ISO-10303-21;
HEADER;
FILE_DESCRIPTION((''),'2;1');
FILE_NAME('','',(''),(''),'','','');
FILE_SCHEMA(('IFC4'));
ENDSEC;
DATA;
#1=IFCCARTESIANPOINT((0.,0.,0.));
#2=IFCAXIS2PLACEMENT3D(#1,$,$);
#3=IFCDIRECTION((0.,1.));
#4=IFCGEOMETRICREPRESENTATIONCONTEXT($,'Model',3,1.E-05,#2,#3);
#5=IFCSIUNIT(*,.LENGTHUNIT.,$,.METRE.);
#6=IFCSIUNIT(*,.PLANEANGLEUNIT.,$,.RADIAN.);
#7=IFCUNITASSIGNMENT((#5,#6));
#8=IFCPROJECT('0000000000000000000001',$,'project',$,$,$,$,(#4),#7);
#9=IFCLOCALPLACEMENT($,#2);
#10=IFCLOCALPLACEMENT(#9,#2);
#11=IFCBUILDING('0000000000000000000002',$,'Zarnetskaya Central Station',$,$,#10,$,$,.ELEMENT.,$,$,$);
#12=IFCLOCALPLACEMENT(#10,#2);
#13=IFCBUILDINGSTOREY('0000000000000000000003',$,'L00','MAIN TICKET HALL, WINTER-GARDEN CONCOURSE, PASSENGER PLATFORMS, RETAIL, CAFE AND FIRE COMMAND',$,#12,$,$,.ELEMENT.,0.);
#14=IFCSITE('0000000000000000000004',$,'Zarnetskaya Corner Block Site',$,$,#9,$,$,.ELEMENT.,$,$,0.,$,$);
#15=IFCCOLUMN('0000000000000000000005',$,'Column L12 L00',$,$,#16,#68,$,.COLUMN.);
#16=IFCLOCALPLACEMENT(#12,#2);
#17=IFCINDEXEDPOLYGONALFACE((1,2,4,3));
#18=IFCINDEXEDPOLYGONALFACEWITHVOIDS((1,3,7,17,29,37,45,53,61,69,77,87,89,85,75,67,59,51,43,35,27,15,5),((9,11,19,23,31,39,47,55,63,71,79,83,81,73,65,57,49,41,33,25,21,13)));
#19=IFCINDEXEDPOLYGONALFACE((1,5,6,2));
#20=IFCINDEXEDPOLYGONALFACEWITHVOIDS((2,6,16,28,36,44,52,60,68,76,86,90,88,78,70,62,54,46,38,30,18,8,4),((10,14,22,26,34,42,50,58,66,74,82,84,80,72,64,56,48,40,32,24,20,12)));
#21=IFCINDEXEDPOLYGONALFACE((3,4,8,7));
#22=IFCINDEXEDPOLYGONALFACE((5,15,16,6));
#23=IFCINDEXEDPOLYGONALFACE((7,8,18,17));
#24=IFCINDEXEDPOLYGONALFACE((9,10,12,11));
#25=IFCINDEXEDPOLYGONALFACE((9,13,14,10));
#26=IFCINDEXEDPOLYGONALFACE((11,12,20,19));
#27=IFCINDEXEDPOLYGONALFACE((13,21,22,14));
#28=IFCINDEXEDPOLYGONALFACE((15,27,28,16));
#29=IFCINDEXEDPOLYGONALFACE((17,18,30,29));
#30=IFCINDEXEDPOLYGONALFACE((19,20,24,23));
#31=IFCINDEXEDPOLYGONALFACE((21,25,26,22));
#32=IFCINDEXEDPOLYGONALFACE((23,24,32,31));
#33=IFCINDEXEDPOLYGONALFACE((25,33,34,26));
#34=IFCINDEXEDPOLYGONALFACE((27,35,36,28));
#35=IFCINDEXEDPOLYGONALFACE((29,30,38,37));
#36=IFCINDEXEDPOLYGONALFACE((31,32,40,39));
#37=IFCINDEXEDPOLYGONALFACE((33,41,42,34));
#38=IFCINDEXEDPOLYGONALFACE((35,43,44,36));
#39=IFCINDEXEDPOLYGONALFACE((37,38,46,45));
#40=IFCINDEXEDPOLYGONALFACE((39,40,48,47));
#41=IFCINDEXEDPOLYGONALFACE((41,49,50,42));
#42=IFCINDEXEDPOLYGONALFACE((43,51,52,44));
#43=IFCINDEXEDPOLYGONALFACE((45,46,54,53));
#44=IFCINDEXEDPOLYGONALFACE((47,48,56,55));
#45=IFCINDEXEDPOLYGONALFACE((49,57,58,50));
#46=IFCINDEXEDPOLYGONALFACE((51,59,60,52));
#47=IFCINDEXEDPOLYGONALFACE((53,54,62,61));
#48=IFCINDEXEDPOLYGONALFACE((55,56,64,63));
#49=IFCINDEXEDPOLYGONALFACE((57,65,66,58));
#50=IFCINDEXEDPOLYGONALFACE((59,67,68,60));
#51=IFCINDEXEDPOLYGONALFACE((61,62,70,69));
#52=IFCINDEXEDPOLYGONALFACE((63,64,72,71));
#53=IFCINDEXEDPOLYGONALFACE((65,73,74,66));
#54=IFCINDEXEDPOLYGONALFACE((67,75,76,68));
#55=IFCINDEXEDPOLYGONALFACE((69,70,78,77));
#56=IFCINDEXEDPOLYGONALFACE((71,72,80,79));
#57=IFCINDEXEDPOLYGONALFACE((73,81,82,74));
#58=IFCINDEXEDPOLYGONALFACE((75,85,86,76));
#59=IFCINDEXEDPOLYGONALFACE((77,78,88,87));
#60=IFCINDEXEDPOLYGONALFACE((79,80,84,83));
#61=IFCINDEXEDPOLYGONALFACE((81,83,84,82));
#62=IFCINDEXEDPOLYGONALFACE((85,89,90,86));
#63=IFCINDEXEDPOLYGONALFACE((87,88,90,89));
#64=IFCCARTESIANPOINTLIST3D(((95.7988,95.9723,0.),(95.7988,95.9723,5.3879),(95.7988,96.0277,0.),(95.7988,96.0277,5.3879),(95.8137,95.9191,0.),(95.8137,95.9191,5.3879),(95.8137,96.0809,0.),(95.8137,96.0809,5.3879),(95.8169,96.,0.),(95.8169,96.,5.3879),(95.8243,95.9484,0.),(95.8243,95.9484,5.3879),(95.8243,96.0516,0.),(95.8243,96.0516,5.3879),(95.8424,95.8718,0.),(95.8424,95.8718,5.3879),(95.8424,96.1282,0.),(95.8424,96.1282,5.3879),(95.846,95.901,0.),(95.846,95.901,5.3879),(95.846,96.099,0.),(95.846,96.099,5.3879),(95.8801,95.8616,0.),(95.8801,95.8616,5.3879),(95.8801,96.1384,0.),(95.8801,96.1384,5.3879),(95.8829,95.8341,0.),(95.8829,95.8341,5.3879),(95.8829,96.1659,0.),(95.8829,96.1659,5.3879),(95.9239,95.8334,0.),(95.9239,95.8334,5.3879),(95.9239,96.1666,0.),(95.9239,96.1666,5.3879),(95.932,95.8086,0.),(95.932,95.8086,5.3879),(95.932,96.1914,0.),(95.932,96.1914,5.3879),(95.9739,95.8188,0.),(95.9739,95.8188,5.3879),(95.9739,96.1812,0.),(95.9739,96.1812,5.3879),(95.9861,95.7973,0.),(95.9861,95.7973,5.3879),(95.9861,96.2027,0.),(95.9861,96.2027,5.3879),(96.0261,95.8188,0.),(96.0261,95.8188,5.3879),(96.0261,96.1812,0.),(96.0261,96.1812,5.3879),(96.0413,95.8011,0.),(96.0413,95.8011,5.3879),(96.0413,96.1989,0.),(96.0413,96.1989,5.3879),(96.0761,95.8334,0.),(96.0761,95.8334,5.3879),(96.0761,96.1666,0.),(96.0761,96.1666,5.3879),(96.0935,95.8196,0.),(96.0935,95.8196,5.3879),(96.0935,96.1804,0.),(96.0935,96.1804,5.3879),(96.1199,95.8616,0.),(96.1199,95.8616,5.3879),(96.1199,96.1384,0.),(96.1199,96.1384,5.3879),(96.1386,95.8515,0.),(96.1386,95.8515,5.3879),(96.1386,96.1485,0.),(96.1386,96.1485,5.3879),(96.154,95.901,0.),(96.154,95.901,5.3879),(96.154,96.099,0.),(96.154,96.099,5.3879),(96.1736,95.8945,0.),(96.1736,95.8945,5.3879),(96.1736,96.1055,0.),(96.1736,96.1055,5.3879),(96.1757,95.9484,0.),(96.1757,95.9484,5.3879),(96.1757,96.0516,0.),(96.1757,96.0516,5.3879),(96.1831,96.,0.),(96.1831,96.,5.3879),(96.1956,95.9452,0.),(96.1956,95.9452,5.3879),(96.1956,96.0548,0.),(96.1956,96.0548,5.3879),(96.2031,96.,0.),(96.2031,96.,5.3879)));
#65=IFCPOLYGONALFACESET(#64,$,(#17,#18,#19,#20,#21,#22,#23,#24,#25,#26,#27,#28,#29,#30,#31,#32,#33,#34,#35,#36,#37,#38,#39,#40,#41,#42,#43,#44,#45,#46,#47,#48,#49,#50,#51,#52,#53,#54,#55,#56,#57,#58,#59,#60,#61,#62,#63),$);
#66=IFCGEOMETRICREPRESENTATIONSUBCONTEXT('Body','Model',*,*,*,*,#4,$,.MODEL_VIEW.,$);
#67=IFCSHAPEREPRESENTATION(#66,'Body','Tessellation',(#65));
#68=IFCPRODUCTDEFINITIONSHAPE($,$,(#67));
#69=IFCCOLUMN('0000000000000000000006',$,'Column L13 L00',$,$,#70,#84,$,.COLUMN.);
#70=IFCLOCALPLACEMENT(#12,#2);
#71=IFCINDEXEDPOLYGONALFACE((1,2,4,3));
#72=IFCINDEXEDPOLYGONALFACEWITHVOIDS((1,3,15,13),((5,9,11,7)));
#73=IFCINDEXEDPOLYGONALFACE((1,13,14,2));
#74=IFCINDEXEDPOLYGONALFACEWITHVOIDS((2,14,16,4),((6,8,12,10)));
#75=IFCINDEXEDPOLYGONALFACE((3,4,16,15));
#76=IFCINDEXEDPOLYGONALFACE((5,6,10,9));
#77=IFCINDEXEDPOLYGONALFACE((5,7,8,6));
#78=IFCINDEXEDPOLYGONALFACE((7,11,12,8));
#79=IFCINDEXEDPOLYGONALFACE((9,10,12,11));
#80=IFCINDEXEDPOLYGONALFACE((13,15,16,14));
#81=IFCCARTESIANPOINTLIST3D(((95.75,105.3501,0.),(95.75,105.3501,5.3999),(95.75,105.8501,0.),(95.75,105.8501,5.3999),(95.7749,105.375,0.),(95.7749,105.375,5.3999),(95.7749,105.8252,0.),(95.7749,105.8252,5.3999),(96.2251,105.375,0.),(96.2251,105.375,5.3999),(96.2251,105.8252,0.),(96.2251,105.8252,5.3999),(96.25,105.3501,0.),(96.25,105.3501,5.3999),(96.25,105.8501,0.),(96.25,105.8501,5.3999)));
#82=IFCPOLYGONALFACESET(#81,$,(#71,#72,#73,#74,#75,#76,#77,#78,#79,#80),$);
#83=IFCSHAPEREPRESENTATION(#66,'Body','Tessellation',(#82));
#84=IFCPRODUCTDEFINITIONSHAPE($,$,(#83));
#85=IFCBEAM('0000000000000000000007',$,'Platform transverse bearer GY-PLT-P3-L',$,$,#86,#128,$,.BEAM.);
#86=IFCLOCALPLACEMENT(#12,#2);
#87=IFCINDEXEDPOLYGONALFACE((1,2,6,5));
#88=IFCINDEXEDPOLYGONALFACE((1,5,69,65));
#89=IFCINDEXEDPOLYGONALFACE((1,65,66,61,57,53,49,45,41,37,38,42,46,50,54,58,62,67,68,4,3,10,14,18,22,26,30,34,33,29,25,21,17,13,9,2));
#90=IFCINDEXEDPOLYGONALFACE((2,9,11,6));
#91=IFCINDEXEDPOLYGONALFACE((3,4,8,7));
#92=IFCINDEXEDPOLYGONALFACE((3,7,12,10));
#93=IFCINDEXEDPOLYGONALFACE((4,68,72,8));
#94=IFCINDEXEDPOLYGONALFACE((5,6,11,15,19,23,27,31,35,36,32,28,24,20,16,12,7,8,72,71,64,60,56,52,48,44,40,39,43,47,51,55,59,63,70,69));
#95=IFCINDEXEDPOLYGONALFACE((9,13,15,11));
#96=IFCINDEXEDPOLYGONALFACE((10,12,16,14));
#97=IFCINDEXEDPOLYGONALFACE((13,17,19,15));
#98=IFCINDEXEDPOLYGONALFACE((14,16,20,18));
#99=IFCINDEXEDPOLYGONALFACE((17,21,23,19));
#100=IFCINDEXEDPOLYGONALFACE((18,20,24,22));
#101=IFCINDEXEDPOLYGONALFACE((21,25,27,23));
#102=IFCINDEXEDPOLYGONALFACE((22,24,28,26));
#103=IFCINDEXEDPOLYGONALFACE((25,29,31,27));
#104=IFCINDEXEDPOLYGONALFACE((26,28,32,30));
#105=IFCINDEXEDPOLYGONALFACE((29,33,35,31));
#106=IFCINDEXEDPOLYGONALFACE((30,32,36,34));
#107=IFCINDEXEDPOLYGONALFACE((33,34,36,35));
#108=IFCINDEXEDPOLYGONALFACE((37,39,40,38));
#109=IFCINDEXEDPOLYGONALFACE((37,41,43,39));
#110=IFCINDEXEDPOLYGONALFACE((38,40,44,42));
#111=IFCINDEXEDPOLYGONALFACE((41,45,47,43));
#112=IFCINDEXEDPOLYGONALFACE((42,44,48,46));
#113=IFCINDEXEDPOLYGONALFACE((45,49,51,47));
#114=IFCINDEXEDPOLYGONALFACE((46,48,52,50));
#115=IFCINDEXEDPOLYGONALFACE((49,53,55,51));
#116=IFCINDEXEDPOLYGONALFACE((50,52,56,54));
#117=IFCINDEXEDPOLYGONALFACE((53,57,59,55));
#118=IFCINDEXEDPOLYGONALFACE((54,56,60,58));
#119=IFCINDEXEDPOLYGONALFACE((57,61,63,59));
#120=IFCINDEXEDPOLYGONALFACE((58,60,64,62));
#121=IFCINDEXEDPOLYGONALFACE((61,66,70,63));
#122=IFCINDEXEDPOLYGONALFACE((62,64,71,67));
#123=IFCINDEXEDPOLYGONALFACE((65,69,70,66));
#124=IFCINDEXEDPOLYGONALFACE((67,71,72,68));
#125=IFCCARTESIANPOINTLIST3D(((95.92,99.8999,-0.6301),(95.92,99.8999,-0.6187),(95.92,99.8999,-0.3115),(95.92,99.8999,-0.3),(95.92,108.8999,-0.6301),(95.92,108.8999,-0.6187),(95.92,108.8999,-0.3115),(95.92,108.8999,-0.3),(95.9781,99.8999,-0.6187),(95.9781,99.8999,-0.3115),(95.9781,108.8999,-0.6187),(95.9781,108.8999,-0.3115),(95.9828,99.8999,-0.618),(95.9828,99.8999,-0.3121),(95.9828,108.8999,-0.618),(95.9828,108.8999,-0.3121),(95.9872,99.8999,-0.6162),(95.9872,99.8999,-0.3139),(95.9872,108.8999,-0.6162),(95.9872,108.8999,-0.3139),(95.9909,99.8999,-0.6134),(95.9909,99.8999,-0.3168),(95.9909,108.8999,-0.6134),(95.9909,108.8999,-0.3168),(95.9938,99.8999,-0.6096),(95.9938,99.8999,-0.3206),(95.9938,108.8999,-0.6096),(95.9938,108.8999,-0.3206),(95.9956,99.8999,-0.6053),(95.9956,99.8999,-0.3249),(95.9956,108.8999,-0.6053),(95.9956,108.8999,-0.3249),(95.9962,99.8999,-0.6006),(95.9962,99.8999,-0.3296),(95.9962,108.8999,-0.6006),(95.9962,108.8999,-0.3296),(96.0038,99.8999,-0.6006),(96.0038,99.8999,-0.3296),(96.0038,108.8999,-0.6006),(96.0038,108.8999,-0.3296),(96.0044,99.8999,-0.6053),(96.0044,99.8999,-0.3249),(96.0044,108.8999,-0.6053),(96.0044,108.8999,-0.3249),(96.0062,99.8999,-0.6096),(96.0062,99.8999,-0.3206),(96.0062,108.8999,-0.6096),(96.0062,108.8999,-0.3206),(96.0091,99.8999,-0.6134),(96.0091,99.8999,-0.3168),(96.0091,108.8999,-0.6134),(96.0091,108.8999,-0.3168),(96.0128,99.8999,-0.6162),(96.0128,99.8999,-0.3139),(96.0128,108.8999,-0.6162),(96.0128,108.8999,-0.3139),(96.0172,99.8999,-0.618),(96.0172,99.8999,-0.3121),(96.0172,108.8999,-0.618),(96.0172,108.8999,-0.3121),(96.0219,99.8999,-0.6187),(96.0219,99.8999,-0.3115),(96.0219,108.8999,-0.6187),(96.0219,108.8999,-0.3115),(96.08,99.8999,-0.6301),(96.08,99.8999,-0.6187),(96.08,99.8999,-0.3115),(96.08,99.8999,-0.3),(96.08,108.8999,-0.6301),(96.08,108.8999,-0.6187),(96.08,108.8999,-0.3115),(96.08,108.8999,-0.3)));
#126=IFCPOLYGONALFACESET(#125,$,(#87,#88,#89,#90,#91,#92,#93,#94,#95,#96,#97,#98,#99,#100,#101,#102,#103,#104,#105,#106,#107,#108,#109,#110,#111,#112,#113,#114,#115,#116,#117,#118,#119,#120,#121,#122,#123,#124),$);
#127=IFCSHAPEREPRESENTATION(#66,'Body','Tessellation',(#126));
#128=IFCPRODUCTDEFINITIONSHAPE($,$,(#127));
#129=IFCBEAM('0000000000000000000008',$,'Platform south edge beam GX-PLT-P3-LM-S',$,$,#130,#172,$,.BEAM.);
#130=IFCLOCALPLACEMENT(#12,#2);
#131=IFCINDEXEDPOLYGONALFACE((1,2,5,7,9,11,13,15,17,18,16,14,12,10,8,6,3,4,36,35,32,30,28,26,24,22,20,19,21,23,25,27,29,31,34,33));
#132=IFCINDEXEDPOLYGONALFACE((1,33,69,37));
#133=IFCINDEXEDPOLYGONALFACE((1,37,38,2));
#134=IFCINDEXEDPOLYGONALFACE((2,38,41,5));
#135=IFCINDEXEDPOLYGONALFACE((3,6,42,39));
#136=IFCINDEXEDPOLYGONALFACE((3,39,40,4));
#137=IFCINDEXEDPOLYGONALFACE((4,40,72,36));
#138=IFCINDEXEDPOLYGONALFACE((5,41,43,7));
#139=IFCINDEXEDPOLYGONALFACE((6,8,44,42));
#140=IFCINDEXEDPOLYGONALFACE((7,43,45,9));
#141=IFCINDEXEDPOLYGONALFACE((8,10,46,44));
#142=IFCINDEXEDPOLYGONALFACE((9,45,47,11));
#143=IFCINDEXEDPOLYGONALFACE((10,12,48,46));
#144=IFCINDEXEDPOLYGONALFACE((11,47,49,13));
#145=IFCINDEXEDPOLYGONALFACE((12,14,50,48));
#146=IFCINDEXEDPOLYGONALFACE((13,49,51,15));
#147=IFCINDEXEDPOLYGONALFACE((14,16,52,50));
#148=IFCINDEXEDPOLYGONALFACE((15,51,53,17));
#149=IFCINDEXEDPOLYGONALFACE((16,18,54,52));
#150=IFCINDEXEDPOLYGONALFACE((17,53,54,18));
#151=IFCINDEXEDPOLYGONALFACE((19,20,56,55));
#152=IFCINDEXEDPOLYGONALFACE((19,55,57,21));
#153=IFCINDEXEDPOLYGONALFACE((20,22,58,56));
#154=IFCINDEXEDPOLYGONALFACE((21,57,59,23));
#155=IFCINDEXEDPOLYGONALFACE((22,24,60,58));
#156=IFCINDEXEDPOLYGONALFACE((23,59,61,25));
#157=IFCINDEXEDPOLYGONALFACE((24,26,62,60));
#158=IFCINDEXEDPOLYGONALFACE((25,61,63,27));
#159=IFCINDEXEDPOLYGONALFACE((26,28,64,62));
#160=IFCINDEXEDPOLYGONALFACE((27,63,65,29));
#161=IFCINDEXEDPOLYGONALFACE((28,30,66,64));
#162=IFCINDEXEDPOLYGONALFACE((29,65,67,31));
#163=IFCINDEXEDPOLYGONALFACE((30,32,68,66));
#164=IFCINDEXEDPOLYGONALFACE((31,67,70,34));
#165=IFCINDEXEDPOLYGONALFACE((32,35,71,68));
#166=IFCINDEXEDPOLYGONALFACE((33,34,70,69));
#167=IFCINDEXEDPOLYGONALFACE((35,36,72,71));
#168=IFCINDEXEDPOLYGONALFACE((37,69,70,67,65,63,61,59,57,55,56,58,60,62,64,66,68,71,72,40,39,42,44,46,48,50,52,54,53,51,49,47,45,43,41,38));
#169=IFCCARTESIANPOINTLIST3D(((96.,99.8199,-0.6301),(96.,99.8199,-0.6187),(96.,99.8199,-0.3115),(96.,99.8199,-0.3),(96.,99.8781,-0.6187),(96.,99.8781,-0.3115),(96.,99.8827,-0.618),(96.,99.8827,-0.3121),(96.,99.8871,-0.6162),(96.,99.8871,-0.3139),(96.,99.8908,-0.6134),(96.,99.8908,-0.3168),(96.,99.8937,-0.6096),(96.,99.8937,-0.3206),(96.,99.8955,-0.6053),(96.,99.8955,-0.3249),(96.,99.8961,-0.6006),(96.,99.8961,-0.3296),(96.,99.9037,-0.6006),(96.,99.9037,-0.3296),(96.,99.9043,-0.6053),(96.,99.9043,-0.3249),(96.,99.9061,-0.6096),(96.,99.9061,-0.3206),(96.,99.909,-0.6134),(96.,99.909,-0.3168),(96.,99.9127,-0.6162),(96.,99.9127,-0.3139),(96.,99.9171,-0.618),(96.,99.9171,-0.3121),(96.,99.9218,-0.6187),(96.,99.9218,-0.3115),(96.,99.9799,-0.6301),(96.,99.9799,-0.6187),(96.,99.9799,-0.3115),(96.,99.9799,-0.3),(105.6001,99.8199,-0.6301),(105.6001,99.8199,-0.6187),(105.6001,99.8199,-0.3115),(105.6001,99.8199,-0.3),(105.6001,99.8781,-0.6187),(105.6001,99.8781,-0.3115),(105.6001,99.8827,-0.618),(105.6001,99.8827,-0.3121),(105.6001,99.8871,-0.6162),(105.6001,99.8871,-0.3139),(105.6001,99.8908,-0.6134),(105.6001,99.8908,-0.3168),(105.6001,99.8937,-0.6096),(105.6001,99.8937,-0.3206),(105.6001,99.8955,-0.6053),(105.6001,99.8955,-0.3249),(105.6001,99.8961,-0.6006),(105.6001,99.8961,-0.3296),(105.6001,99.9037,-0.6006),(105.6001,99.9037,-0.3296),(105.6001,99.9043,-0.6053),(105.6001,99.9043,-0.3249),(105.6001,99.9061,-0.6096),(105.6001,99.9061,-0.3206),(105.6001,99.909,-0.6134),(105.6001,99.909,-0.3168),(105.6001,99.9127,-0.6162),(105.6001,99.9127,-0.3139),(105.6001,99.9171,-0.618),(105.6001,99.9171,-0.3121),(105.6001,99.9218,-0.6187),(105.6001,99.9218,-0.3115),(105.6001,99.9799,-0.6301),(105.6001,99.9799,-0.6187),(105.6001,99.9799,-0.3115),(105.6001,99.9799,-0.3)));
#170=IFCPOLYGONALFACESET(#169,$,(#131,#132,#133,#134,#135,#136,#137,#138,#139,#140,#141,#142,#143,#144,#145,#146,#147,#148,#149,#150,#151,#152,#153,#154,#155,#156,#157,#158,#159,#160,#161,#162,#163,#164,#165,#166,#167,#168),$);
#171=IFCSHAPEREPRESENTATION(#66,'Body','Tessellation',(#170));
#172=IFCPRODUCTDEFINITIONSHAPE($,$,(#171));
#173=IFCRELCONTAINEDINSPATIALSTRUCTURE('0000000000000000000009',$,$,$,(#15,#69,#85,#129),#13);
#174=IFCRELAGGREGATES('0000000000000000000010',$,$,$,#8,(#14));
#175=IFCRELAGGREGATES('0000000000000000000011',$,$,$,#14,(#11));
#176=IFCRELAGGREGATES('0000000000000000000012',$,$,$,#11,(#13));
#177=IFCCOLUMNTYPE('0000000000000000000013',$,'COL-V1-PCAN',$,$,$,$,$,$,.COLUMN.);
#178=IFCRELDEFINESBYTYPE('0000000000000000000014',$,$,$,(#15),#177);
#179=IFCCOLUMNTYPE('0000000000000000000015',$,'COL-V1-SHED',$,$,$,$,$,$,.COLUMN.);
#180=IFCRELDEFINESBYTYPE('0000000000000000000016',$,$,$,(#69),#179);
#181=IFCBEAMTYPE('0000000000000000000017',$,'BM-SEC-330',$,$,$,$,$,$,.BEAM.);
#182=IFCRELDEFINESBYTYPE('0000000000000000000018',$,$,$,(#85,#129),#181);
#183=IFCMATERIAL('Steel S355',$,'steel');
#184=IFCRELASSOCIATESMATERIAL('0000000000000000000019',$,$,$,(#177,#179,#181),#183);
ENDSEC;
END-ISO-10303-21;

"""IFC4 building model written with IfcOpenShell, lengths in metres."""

from ifc_helpers import new_model, si_unit, direction, frame, origin, origin_2d, place, context, subcontext, project, spatial, hollow_rectangle, hollow_circle, i_section, extrude, material, material_profile, profile_set, type_object, element, save


model = new_model("IFC4")

# Units and contexts
model_context = context("Model", 3, precision=1e-05, world=origin(), true_north=direction((0.0, 1.0)))
body_context = subcontext(model_context, "Body", "Model", "MODEL_VIEW")
ifc_project = project(units=[si_unit("LENGTHUNIT", "METRE"), si_unit("PLANEANGLEUNIT", "RADIAN")], contexts=[model_context])

# Site, building, storey
site_placement = place(None, origin())
site = spatial("IfcSite", under=ifc_project, at=site_placement, Name="Zarnetskaya Corner Block Site", CompositionType="ELEMENT", RefElevation=0.0)
building_placement = place(site_placement, origin())
building = spatial("IfcBuilding", under=site, at=building_placement, Name="Zarnetskaya Central Station", CompositionType="ELEMENT")
storey_placement = place(building_placement, origin())
storey = spatial("IfcBuildingStorey", under=building, at=storey_placement, Name="L00", Description="MAIN TICKET HALL, WINTER-GARDEN CONCOURSE, PASSENGER PLATFORMS, RETAIL, CAFE AND FIRE COMMAND", CompositionType="ELEMENT", Elevation=0.0)

# Columns
ifc_material_1 = material(Name="Steel S355", Category="steel")
ifc_material_profile_1 = material_profile(ifc_material_1, hollow_circle(Radius=0.2031, WallThickness=0.02, at=origin_2d()), Name="CHS 406.4x20")
ifc_profile_set_1 = profile_set([ifc_material_profile_1], Name="Steel S355")
column_type_1 = type_object("IfcColumnType", Name="COL-V1-PCAN", PredefinedType="COLUMN", material=ifc_profile_set_1)
column_1_placement = place(storey_placement, frame((96.0, 96.0, 0.0), z_axis=(0.0, 0.0, 1.0), x_axis=(1.0, 0.0, 0.0)))
element("IfcColumn", 1, at=column_1_placement, inside=storey, type_object=column_type_1, Name="Column L12 L00", PredefinedType="COLUMN", context=body_context, shape_type="SweptSolid", body=[
    extrude(hollow_circle(Radius=0.2031, WallThickness=0.02, at=origin_2d()), origin(), (0.0, 0.0, 1.0), 5.3879),
])
ifc_material_profile_2 = material_profile(ifc_material_1, hollow_rectangle(XDim=0.5, YDim=0.5, WallThickness=0.0249, at=origin_2d()), Name="BOX 500x500x25")
ifc_profile_set_2 = profile_set([ifc_material_profile_2], Name="Steel S355")
column_type_2 = type_object("IfcColumnType", Name="COL-V1-SHED", PredefinedType="COLUMN", material=ifc_profile_set_2)
column_2_placement = place(storey_placement, frame((96.0, 105.6001, 0.0), z_axis=(0.0, 0.0, 1.0), x_axis=(1.0, 0.0, 0.0)))
element("IfcColumn", 2, at=column_2_placement, inside=storey, type_object=column_type_2, Name="Column L13 L00", PredefinedType="COLUMN", context=body_context, shape_type="SweptSolid", body=[
    extrude(hollow_rectangle(XDim=0.5, YDim=0.5, WallThickness=0.0249, at=origin_2d()), origin(), (0.0, 0.0, 1.0), 5.3999),
])

# Beams
ifc_material_profile_3 = material_profile(ifc_material_1, i_section(OverallWidth=0.1599, OverallDepth=0.3301, WebThickness=0.0076, FlangeThickness=0.0115, FilletRadius=0.0181, at=origin_2d()), Name="IPE 330")
ifc_profile_set_3 = profile_set([ifc_material_profile_3], Name="Steel S355")
beam_type_1 = type_object("IfcBeamType", Name="BM-SEC-330", PredefinedType="BEAM", material=ifc_profile_set_3)
beam_1_placement = place(storey_placement, frame((96.0, 99.8999, -0.4651), z_axis=(0.0, 1.0, 0.0), x_axis=(-1.0, 0.0, 0.0)))
element("IfcBeam", 3, at=beam_1_placement, inside=storey, type_object=beam_type_1, Name="Platform transverse bearer GY-PLT-P3-L", PredefinedType="BEAM", context=body_context, shape_type="SweptSolid", body=[
    extrude(i_section(OverallWidth=0.1599, OverallDepth=0.3301, WebThickness=0.0076, FlangeThickness=0.0115, FilletRadius=0.0181, at=origin_2d()), origin(), (0.0, 0.0, 1.0), 9.0),
])
for number, where, z_axis, x_axis, name in (
    (4, (96.0, 99.8999, -0.4651), (1.0, 0.0, 0.0), (0.0, 1.0, 0.0), "Platform south edge beam GX-PLT-P3-LM-S"),
):
    element("IfcBeam", number, at=place(storey_placement, frame(where, z_axis=z_axis, x_axis=x_axis)), inside=storey, type_object=beam_type_1, Name=name, PredefinedType="BEAM", context=body_context, shape_type="SweptSolid", body=[
        extrude(i_section(OverallWidth=0.1599, OverallDepth=0.3301, WebThickness=0.0076, FlangeThickness=0.0115, FilletRadius=0.0181, at=origin_2d()), origin(), (0.0, 0.0, 1.0), 9.6001),
    ])

save(model, "model.ifc")
